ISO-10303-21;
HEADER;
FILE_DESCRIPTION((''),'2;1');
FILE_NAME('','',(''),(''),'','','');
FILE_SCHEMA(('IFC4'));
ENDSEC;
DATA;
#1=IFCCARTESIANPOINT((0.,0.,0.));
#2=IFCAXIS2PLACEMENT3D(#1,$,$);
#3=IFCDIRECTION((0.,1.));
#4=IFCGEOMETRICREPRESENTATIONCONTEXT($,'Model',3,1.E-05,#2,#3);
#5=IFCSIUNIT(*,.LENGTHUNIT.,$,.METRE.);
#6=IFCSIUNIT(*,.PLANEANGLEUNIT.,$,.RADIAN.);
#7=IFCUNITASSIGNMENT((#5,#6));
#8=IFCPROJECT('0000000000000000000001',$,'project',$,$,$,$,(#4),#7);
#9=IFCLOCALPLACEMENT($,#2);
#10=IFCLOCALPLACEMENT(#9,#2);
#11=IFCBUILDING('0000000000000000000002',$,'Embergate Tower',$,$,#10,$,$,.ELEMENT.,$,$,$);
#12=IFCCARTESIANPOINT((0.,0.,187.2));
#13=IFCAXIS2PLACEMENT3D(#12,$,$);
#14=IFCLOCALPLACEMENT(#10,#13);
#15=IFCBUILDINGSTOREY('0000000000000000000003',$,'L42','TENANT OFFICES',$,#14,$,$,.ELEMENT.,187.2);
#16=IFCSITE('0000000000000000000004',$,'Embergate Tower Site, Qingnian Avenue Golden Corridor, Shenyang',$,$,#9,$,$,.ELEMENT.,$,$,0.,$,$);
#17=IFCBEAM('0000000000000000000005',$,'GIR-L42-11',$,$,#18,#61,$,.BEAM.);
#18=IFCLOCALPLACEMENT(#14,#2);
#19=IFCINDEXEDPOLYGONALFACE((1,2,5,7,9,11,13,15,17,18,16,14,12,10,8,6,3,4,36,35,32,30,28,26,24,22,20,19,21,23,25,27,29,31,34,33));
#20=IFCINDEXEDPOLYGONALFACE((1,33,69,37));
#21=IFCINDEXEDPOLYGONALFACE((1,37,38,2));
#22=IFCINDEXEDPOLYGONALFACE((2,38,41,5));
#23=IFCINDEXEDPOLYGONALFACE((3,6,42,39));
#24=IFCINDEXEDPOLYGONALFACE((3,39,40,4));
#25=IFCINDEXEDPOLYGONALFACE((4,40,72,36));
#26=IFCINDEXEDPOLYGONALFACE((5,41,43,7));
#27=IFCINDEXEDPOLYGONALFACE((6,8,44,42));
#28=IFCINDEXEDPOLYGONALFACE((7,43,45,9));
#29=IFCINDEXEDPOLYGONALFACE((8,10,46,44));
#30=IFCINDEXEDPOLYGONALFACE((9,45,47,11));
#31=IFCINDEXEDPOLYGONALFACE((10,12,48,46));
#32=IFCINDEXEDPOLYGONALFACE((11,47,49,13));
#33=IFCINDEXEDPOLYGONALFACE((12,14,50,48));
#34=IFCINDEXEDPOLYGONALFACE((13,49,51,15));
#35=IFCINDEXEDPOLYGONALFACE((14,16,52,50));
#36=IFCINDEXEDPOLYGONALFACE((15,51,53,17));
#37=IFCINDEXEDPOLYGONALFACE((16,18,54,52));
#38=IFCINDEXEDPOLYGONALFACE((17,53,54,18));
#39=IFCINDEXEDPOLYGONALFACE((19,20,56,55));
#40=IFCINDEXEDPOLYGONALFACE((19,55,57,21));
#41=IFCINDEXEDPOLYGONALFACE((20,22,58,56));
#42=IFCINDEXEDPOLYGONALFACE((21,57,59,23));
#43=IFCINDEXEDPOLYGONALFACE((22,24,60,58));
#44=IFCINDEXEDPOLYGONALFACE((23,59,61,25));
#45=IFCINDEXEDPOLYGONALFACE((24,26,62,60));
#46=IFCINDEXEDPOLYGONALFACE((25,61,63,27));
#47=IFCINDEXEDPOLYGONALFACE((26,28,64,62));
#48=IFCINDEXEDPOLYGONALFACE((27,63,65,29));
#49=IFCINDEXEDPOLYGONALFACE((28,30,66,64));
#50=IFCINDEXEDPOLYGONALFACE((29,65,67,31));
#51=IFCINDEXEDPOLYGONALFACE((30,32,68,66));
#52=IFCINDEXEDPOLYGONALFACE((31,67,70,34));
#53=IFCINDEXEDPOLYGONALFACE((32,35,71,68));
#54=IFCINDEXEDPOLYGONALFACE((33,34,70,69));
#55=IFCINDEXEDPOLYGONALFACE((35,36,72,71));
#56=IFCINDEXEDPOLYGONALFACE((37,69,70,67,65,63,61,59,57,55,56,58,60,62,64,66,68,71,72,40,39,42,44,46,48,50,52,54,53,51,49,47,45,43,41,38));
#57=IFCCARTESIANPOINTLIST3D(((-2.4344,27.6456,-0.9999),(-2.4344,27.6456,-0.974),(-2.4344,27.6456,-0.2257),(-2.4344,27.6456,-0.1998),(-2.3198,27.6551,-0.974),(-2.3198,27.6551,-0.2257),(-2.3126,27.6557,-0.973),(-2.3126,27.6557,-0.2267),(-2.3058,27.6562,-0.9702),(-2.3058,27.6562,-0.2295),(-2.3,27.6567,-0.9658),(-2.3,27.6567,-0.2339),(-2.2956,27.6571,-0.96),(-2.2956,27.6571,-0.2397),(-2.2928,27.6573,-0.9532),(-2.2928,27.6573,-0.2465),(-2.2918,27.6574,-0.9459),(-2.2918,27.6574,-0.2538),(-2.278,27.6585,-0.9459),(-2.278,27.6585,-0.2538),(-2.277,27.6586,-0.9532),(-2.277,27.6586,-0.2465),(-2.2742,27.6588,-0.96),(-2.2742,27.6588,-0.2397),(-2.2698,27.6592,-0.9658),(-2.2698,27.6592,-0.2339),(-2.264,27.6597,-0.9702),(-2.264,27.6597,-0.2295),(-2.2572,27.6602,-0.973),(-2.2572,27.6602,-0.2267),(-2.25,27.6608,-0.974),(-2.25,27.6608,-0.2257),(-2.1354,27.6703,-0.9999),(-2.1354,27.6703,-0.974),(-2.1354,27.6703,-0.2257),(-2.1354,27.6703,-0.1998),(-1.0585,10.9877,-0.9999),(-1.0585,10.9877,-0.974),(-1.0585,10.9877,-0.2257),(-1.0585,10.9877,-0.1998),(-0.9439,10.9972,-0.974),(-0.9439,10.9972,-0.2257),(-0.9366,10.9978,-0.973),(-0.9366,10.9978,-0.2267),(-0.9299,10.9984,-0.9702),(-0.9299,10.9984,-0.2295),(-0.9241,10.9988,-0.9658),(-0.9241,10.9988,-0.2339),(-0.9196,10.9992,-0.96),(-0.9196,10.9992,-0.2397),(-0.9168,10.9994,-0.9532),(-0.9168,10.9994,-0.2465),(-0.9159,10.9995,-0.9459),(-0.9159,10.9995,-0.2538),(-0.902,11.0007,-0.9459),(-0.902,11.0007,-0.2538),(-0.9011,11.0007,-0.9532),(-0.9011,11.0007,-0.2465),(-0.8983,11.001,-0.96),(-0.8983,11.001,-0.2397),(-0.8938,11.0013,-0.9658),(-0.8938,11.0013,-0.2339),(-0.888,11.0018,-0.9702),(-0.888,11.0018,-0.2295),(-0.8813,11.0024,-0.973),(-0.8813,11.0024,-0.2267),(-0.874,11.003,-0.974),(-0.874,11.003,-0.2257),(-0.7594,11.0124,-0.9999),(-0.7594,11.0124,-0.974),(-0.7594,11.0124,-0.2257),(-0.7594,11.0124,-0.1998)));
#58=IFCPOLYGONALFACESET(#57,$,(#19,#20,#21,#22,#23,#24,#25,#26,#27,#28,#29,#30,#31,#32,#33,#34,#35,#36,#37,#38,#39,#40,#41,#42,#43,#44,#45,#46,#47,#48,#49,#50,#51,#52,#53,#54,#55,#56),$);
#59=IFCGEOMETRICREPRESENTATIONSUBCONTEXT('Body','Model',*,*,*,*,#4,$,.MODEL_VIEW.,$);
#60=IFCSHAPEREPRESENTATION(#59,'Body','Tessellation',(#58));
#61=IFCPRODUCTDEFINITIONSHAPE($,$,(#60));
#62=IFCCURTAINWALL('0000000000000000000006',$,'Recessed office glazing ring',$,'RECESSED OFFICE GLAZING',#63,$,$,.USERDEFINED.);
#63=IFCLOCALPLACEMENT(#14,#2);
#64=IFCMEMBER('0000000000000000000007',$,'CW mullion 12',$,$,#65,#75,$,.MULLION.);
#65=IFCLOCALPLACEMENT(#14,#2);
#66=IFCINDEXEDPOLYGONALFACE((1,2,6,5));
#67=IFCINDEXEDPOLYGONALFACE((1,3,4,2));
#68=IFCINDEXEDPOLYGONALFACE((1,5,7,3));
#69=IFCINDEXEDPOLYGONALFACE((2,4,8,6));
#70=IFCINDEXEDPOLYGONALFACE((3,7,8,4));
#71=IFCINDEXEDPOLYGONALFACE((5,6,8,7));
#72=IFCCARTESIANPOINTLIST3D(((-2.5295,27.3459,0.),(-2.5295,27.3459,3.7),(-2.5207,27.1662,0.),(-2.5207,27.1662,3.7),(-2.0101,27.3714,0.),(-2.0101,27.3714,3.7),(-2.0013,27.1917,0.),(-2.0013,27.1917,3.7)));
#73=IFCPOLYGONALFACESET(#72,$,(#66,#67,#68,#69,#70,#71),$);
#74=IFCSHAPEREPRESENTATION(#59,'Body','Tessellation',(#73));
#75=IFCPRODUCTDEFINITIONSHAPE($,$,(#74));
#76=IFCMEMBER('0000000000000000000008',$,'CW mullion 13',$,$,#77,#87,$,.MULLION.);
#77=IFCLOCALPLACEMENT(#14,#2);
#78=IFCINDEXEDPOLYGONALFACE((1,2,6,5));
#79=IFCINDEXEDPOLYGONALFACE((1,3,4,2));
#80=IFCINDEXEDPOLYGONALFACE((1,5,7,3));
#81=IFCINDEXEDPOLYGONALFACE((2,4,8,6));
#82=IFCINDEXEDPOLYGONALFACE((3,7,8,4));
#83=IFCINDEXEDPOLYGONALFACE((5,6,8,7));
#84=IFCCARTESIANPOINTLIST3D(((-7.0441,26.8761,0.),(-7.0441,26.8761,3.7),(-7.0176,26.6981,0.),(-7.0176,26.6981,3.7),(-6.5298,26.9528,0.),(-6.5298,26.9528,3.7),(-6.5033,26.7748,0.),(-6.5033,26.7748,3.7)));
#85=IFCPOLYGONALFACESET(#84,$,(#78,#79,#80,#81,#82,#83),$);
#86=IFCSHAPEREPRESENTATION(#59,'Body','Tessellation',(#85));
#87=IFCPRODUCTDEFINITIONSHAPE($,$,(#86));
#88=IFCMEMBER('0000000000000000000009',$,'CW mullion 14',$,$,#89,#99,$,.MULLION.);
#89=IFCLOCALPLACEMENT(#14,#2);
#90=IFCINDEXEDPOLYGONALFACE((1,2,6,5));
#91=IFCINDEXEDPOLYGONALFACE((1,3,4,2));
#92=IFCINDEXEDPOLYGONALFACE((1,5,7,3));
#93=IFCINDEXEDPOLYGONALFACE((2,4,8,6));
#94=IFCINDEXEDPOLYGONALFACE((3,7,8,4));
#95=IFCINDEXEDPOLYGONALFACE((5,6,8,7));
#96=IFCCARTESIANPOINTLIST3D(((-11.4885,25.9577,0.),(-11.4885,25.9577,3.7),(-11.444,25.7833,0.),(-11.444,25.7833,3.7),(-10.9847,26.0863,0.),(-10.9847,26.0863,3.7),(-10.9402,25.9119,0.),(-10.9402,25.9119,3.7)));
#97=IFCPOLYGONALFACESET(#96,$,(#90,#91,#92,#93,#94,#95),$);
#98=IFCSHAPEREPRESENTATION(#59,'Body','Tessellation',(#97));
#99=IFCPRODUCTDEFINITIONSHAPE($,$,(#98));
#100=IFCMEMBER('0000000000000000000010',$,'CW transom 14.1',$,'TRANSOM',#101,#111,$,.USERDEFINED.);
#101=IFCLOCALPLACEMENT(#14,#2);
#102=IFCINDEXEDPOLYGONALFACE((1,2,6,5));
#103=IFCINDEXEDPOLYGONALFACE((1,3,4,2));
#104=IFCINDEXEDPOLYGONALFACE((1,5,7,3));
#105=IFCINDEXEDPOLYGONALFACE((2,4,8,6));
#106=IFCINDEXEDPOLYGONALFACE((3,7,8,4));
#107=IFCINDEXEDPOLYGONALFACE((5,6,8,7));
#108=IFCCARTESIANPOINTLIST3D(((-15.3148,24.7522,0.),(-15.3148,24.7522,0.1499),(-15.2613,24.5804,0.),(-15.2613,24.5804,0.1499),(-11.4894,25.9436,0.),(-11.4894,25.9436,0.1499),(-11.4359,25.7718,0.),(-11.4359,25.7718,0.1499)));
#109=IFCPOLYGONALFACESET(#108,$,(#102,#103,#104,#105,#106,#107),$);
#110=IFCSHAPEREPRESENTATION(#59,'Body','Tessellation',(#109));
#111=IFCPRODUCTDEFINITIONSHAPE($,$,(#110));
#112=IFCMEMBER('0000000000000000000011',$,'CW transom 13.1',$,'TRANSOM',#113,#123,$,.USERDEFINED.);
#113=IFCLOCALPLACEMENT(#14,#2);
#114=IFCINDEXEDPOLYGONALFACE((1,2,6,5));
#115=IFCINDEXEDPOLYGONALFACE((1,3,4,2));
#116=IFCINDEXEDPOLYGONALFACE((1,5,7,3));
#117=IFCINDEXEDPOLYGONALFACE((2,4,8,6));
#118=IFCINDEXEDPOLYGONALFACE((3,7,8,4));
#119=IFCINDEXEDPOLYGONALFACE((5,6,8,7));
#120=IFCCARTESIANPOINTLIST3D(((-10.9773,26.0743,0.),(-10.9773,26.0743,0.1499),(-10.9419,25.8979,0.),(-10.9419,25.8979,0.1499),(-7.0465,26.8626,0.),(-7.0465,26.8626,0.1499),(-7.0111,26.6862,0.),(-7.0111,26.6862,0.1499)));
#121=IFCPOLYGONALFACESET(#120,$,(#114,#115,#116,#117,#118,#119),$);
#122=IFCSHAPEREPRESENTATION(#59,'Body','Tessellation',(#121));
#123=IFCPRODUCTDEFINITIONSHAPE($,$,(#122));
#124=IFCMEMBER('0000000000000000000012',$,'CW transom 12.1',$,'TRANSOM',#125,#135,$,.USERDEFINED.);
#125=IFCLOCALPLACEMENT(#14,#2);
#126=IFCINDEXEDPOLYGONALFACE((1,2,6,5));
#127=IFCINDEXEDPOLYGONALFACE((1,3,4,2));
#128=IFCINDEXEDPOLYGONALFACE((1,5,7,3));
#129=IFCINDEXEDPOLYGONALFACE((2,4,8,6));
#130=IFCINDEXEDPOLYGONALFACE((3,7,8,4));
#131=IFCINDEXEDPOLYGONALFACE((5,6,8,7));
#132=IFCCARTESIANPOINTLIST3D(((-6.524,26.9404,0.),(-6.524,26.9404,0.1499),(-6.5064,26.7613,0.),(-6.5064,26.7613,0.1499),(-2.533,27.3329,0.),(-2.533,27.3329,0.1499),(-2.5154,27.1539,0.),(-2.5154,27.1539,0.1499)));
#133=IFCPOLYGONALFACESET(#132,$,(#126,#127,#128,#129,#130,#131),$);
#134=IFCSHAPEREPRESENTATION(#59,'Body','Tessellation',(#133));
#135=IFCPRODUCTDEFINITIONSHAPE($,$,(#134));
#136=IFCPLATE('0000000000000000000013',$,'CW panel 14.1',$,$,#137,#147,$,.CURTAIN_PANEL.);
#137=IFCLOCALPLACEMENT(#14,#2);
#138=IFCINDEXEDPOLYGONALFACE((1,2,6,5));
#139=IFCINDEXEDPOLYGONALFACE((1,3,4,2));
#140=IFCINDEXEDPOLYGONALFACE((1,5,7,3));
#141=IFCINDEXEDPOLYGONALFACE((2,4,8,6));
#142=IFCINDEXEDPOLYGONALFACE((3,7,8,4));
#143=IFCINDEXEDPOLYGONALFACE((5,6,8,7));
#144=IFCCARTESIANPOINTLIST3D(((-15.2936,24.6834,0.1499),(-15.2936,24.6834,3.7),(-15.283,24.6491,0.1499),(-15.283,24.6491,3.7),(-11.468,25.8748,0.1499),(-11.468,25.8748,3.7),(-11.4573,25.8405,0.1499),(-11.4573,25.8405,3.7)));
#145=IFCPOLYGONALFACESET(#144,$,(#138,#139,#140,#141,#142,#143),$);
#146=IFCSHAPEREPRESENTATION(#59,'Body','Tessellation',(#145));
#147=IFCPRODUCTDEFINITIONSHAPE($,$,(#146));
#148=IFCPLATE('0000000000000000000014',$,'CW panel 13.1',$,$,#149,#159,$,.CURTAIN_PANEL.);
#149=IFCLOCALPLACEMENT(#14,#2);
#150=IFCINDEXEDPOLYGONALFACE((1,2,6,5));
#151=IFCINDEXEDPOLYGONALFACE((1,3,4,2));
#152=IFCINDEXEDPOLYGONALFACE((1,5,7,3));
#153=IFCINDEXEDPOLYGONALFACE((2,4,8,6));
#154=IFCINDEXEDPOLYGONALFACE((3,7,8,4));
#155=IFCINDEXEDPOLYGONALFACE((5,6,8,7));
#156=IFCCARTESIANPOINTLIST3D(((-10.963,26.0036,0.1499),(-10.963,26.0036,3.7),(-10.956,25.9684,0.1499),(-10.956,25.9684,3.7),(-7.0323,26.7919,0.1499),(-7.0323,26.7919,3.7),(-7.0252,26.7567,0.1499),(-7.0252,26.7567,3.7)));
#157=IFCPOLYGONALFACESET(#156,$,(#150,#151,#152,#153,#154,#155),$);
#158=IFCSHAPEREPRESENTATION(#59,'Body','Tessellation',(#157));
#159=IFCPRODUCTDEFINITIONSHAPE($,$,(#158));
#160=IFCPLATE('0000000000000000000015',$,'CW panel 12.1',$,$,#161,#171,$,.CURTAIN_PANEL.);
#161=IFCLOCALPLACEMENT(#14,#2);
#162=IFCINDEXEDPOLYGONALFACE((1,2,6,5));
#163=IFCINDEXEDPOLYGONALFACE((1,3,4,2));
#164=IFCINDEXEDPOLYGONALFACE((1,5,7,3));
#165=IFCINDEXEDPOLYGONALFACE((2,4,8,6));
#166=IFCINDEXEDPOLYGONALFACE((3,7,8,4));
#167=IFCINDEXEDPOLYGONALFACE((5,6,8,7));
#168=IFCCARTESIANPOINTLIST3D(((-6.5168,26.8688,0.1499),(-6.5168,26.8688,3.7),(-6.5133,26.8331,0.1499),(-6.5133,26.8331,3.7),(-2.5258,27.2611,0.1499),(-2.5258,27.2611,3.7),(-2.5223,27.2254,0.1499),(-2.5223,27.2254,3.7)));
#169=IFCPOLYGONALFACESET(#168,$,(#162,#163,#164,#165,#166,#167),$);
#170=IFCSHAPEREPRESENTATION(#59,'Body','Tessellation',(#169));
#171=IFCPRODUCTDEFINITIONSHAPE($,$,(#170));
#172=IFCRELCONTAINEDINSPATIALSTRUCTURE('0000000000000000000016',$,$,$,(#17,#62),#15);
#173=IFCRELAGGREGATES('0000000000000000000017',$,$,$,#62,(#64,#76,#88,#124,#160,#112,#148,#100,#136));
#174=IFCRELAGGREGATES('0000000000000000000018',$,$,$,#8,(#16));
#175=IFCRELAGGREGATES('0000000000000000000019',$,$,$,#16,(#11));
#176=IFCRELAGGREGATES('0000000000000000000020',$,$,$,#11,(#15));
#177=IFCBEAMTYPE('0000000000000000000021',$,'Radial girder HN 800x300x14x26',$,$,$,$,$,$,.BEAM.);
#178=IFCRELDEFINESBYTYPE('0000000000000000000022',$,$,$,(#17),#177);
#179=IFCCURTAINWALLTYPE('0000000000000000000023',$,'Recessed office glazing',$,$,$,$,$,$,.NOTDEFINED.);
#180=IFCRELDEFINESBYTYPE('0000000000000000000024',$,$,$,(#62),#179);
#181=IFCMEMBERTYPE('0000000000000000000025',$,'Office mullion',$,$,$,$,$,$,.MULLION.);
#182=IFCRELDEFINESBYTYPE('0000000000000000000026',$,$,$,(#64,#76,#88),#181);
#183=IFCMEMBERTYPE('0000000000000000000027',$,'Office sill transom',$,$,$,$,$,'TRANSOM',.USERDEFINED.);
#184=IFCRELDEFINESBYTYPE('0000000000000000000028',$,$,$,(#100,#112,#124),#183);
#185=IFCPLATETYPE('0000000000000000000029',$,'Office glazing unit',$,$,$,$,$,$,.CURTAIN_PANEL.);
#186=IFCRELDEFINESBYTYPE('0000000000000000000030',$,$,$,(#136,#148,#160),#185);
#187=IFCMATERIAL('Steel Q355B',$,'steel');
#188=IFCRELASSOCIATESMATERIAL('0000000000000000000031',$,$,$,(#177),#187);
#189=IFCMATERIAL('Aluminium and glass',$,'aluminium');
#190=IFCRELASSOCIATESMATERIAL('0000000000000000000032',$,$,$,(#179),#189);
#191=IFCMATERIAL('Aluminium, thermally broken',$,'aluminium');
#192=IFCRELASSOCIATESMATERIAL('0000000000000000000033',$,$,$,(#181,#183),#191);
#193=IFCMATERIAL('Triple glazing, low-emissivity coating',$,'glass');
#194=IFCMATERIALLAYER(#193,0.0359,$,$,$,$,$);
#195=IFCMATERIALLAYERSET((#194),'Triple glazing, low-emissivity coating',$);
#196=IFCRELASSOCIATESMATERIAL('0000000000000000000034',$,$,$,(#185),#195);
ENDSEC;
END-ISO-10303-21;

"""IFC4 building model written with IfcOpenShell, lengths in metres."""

from ifc_helpers import new_model, si_unit, direction, frame, origin, origin_2d, place, context, subcontext, project, spatial, rectangle, i_section, extrude, source, transform, mapped, material, layer, layer_set, material_profile, profile_set, type_object, element, aggregate, save


model = new_model("IFC4")

# Units and contexts
model_context = context("Model", 3, precision=1e-05, world=origin(), true_north=direction((0.0, 1.0)))
body_context = subcontext(model_context, "Body", "Model", "MODEL_VIEW")
ifc_project = project(units=[si_unit("LENGTHUNIT", "METRE"), si_unit("PLANEANGLEUNIT", "RADIAN")], contexts=[model_context])

# Site, building, storey
site_placement = place(None, origin())
site = spatial("IfcSite", under=ifc_project, at=site_placement, Name="Embergate Tower Site, Qingnian Avenue Golden Corridor, Shenyang", CompositionType="ELEMENT", RefElevation=0.0)
building_placement = place(site_placement, origin())
building = spatial("IfcBuilding", under=site, at=building_placement, Name="Embergate Tower", CompositionType="ELEMENT")
storey_placement = place(building_placement, frame((0.0, 0.0, 187.2)))
storey = spatial("IfcBuildingStorey", under=building, at=storey_placement, Name="L42", Description="TENANT OFFICES", CompositionType="ELEMENT", Elevation=187.2)

# Beam
ifc_material_1 = material(Name="Steel Q355B", Category="steel")
ifc_material_profile_1 = material_profile(ifc_material_1, i_section(OverallWidth=0.3, OverallDepth=0.8, WebThickness=0.0139, FlangeThickness=0.0259, FilletRadius=0.0281, at=origin_2d()), Name="HN 800x300x14x26")
ifc_profile_set_1 = profile_set([ifc_material_profile_1], Name="Steel Q355 grade B")
beam_type_1 = type_object("IfcBeamType", Name="Radial girder HN 800x300x14x26", PredefinedType="BEAM", material=ifc_profile_set_1)
shared_shape_1 = source(origin(), body_context, "Body", "SweptSolid", [
    extrude(i_section(OverallWidth=0.3, OverallDepth=0.8, WebThickness=0.0139, FlangeThickness=0.0259, FilletRadius=0.0281, at=origin_2d()), origin(), (0.0, 0.0, 1.0), 16.7146),
])
beam_1_placement = place(storey_placement, frame((-2.2849, 27.658, -0.5999), z_axis=(0.082321, -0.996606, 0.0), x_axis=(0.996606, 0.082321, 0.0)))
element("IfcBeam", 1, at=beam_1_placement, inside=storey, type_object=beam_type_1, Name="GIR-L42-11", PredefinedType="BEAM", context=body_context, shape_type="MappedRepresentation", body=[
    mapped(shared_shape_1, transform((0.0, 0.0, 0.0))),
])

# Curtain wall, members, plates
ifc_material_2 = material(Name="Aluminium and glass", Category="aluminium")
curtain_wall_type = type_object("IfcCurtainWallType", Name="Recessed office glazing", PredefinedType="NOTDEFINED", material=ifc_material_2)
curtain_wall_placement = place(storey_placement, origin())
curtain_wall = element("IfcCurtainWall", 2, at=curtain_wall_placement, inside=storey, type_object=curtain_wall_type, Name="Recessed office glazing ring", ObjectType="RECESSED OFFICE GLAZING", PredefinedType="USERDEFINED")
ifc_material_3 = material(Name="Aluminium, thermally broken", Category="aluminium")
ifc_material_profile_2 = material_profile(ifc_material_3, rectangle(XDim=0.1799, YDim=0.52, at=origin_2d()), Name="AL 520x180")
ifc_profile_set_2 = profile_set([ifc_material_profile_2], Name="Aluminium, thermally broken")
member_type_1 = type_object("IfcMemberType", Name="Office mullion", PredefinedType="MULLION", material=ifc_profile_set_2)
shared_shape_2 = source(origin(), body_context, "Body", "SweptSolid", [
    extrude(rectangle(XDim=0.1799, YDim=0.52, at=origin_2d()), origin(), (0.0, 0.0, 1.0), 3.7),
])
member_1_placement = place(storey_placement, frame((-2.2654, 27.2688, 0.0), z_axis=(0.0, 0.0, 1.0), x_axis=(0.048972, -0.9988, 0.0)))
member_1 = element("IfcMember", 3, at=member_1_placement, type_object=member_type_1, Name="CW mullion 12", PredefinedType="MULLION", context=body_context, shape_type="MappedRepresentation", body=[
    mapped(shared_shape_2, transform((0.0, 0.0, 0.0))),
])
member_2_placement = place(storey_placement, frame((-6.7737, 26.8254, 0.0), z_axis=(0.0, 0.0, 1.0), x_axis=(0.147412, -0.989075, 0.0)))
member_2 = element("IfcMember", 4, at=member_2_placement, type_object=member_type_1, Name="CW mullion 13", PredefinedType="MULLION", context=body_context, shape_type="MappedRepresentation", body=[
    mapped(shared_shape_2, transform((0.0, 0.0, 0.0))),
])
member_3_placement = place(storey_placement, frame((-11.2144, 25.9348, 0.0), z_axis=(0.0, 0.0, 1.0), x_axis=(0.247314, -0.968935, 0.0)))
member_3 = element("IfcMember", 5, at=member_3_placement, type_object=member_type_1, Name="CW mullion 14", PredefinedType="MULLION", context=body_context, shape_type="MappedRepresentation", body=[
    mapped(shared_shape_2, transform((0.0, 0.0, 0.0))),
])
ifc_material_profile_3 = material_profile(ifc_material_3, rectangle(XDim=0.1799, YDim=0.1499, at=origin_2d()), Name="AL 150x180")
ifc_profile_set_3 = profile_set([ifc_material_profile_3], Name="Aluminium, thermally broken")
member_type_2 = type_object("IfcMemberType", Name="Office sill transom", ElementType="TRANSOM", PredefinedType="USERDEFINED", material=ifc_profile_set_3)
shared_shape_3 = source(origin(), body_context, "Body", "SweptSolid", [
    extrude(rectangle(XDim=0.1799, YDim=0.1499, at=origin_2d()), origin(), (0.0, 0.0, 1.0), 4.0066),
])
member_4_placement = place(storey_placement, frame((-11.4626, 25.8577, 0.075), z_axis=(-0.954767, -0.297355, 0.0), x_axis=(0.297355, -0.954767, 0.0)))
member_4 = element("IfcMember", 6, at=member_4_placement, type_object=member_type_2, Name="CW transom 14.1", ObjectType="TRANSOM", PredefinedType="USERDEFINED", context=body_context, shape_type="MappedRepresentation", body=[
    mapped(shared_shape_3, transform((0.0, 0.0, 0.0))),
])
shared_shape_4 = source(origin(), body_context, "Body", "SweptSolid", [
    extrude(rectangle(XDim=0.1799, YDim=0.1499, at=origin_2d()), origin(), (0.0, 0.0, 1.0), 4.009),
])
member_5_placement = place(storey_placement, frame((-7.0288, 26.7744, 0.075), z_axis=(-0.980475, -0.196643, 0.0), x_axis=(0.196643, -0.980475, 0.0)))
member_5 = element("IfcMember", 7, at=member_5_placement, type_object=member_type_2, Name="CW transom 13.1", ObjectType="TRANSOM", PredefinedType="USERDEFINED", context=body_context, shape_type="MappedRepresentation", body=[
    mapped(shared_shape_4, transform((0.0, 0.0, 0.0))),
])
shared_shape_5 = source(origin(), body_context, "Body", "SweptSolid", [
    extrude(rectangle(XDim=0.1799, YDim=0.1499, at=origin_2d()), origin(), (0.0, 0.0, 1.0), 4.0103),
])
member_6_placement = place(storey_placement, frame((-2.5242, 27.2434, 0.075), z_axis=(-0.995197, -0.097894, 0.0), x_axis=(0.097894, -0.995197, 0.0)))
member_6 = element("IfcMember", 8, at=member_6_placement, type_object=member_type_2, Name="CW transom 12.1", ObjectType="TRANSOM", PredefinedType="USERDEFINED", context=body_context, shape_type="MappedRepresentation", body=[
    mapped(shared_shape_5, transform((0.0, 0.0, 0.0))),
])
ifc_material_4 = material(Name="Triple glazing, low-emissivity coating", Category="glass")
ifc_layer_1 = layer(ifc_material_4, 0.0359)
ifc_layer_set_1 = layer_set([ifc_layer_1], Name="Triple glazing, low-emissivity coating")
plate_type = type_object("IfcPlateType", Name="Office glazing unit", PredefinedType="CURTAIN_PANEL", material=ifc_layer_set_1)
shared_shape_6 = source(origin(), body_context, "Body", "SweptSolid", [
    extrude(rectangle(XDim=4.0068, YDim=0.0359, at=origin_2d()), origin(), (0.0, 0.0, 1.0), 3.55),
])
plate_1_placement = place(storey_placement, frame((-13.3755, 25.262, 0.1499), z_axis=(0.0, 0.0, 1.0), x_axis=(-0.954771, -0.297342, 0.0)))
plate_1 = element("IfcPlate", 9, at=plate_1_placement, type_object=plate_type, Name="CW panel 14.1", PredefinedType="CURTAIN_PANEL", context=body_context, shape_type="MappedRepresentation", body=[
    mapped(shared_shape_6, transform((0.0, 0.0, 0.0))),
])
shared_shape_7 = source(origin(), body_context, "Body", "SweptSolid", [
    extrude(rectangle(XDim=4.009, YDim=0.0359, at=origin_2d()), origin(), (0.0, 0.0, 1.0), 3.55),
])
plate_2_placement = place(storey_placement, frame((-8.9941, 26.3801, 0.1499), z_axis=(0.0, 0.0, 1.0), x_axis=(-0.980476, -0.196641, 0.0)))
plate_2 = element("IfcPlate", 10, at=plate_2_placement, type_object=plate_type, Name="CW panel 13.1", PredefinedType="CURTAIN_PANEL", context=body_context, shape_type="MappedRepresentation", body=[
    mapped(shared_shape_7, transform((0.0, 0.0, 0.0))),
])
shared_shape_8 = source(origin(), body_context, "Body", "SweptSolid", [
    extrude(rectangle(XDim=4.0103, YDim=0.0359, at=origin_2d()), origin(), (0.0, 0.0, 1.0), 3.55),
])
plate_3_placement = place(storey_placement, frame((-4.5195, 27.0471, 0.1499), z_axis=(0.0, 0.0, 1.0), x_axis=(-0.995203, -0.09783, 0.0)))
plate_3 = element("IfcPlate", 11, at=plate_3_placement, type_object=plate_type, Name="CW panel 12.1", PredefinedType="CURTAIN_PANEL", context=body_context, shape_type="MappedRepresentation", body=[
    mapped(shared_shape_8, transform((0.0, 0.0, 0.0))),
])
aggregate(curtain_wall, [member_1, member_2, member_3, member_6, plate_3, member_5, plate_2, member_4, plate_1])

save(model, "model.ifc")
